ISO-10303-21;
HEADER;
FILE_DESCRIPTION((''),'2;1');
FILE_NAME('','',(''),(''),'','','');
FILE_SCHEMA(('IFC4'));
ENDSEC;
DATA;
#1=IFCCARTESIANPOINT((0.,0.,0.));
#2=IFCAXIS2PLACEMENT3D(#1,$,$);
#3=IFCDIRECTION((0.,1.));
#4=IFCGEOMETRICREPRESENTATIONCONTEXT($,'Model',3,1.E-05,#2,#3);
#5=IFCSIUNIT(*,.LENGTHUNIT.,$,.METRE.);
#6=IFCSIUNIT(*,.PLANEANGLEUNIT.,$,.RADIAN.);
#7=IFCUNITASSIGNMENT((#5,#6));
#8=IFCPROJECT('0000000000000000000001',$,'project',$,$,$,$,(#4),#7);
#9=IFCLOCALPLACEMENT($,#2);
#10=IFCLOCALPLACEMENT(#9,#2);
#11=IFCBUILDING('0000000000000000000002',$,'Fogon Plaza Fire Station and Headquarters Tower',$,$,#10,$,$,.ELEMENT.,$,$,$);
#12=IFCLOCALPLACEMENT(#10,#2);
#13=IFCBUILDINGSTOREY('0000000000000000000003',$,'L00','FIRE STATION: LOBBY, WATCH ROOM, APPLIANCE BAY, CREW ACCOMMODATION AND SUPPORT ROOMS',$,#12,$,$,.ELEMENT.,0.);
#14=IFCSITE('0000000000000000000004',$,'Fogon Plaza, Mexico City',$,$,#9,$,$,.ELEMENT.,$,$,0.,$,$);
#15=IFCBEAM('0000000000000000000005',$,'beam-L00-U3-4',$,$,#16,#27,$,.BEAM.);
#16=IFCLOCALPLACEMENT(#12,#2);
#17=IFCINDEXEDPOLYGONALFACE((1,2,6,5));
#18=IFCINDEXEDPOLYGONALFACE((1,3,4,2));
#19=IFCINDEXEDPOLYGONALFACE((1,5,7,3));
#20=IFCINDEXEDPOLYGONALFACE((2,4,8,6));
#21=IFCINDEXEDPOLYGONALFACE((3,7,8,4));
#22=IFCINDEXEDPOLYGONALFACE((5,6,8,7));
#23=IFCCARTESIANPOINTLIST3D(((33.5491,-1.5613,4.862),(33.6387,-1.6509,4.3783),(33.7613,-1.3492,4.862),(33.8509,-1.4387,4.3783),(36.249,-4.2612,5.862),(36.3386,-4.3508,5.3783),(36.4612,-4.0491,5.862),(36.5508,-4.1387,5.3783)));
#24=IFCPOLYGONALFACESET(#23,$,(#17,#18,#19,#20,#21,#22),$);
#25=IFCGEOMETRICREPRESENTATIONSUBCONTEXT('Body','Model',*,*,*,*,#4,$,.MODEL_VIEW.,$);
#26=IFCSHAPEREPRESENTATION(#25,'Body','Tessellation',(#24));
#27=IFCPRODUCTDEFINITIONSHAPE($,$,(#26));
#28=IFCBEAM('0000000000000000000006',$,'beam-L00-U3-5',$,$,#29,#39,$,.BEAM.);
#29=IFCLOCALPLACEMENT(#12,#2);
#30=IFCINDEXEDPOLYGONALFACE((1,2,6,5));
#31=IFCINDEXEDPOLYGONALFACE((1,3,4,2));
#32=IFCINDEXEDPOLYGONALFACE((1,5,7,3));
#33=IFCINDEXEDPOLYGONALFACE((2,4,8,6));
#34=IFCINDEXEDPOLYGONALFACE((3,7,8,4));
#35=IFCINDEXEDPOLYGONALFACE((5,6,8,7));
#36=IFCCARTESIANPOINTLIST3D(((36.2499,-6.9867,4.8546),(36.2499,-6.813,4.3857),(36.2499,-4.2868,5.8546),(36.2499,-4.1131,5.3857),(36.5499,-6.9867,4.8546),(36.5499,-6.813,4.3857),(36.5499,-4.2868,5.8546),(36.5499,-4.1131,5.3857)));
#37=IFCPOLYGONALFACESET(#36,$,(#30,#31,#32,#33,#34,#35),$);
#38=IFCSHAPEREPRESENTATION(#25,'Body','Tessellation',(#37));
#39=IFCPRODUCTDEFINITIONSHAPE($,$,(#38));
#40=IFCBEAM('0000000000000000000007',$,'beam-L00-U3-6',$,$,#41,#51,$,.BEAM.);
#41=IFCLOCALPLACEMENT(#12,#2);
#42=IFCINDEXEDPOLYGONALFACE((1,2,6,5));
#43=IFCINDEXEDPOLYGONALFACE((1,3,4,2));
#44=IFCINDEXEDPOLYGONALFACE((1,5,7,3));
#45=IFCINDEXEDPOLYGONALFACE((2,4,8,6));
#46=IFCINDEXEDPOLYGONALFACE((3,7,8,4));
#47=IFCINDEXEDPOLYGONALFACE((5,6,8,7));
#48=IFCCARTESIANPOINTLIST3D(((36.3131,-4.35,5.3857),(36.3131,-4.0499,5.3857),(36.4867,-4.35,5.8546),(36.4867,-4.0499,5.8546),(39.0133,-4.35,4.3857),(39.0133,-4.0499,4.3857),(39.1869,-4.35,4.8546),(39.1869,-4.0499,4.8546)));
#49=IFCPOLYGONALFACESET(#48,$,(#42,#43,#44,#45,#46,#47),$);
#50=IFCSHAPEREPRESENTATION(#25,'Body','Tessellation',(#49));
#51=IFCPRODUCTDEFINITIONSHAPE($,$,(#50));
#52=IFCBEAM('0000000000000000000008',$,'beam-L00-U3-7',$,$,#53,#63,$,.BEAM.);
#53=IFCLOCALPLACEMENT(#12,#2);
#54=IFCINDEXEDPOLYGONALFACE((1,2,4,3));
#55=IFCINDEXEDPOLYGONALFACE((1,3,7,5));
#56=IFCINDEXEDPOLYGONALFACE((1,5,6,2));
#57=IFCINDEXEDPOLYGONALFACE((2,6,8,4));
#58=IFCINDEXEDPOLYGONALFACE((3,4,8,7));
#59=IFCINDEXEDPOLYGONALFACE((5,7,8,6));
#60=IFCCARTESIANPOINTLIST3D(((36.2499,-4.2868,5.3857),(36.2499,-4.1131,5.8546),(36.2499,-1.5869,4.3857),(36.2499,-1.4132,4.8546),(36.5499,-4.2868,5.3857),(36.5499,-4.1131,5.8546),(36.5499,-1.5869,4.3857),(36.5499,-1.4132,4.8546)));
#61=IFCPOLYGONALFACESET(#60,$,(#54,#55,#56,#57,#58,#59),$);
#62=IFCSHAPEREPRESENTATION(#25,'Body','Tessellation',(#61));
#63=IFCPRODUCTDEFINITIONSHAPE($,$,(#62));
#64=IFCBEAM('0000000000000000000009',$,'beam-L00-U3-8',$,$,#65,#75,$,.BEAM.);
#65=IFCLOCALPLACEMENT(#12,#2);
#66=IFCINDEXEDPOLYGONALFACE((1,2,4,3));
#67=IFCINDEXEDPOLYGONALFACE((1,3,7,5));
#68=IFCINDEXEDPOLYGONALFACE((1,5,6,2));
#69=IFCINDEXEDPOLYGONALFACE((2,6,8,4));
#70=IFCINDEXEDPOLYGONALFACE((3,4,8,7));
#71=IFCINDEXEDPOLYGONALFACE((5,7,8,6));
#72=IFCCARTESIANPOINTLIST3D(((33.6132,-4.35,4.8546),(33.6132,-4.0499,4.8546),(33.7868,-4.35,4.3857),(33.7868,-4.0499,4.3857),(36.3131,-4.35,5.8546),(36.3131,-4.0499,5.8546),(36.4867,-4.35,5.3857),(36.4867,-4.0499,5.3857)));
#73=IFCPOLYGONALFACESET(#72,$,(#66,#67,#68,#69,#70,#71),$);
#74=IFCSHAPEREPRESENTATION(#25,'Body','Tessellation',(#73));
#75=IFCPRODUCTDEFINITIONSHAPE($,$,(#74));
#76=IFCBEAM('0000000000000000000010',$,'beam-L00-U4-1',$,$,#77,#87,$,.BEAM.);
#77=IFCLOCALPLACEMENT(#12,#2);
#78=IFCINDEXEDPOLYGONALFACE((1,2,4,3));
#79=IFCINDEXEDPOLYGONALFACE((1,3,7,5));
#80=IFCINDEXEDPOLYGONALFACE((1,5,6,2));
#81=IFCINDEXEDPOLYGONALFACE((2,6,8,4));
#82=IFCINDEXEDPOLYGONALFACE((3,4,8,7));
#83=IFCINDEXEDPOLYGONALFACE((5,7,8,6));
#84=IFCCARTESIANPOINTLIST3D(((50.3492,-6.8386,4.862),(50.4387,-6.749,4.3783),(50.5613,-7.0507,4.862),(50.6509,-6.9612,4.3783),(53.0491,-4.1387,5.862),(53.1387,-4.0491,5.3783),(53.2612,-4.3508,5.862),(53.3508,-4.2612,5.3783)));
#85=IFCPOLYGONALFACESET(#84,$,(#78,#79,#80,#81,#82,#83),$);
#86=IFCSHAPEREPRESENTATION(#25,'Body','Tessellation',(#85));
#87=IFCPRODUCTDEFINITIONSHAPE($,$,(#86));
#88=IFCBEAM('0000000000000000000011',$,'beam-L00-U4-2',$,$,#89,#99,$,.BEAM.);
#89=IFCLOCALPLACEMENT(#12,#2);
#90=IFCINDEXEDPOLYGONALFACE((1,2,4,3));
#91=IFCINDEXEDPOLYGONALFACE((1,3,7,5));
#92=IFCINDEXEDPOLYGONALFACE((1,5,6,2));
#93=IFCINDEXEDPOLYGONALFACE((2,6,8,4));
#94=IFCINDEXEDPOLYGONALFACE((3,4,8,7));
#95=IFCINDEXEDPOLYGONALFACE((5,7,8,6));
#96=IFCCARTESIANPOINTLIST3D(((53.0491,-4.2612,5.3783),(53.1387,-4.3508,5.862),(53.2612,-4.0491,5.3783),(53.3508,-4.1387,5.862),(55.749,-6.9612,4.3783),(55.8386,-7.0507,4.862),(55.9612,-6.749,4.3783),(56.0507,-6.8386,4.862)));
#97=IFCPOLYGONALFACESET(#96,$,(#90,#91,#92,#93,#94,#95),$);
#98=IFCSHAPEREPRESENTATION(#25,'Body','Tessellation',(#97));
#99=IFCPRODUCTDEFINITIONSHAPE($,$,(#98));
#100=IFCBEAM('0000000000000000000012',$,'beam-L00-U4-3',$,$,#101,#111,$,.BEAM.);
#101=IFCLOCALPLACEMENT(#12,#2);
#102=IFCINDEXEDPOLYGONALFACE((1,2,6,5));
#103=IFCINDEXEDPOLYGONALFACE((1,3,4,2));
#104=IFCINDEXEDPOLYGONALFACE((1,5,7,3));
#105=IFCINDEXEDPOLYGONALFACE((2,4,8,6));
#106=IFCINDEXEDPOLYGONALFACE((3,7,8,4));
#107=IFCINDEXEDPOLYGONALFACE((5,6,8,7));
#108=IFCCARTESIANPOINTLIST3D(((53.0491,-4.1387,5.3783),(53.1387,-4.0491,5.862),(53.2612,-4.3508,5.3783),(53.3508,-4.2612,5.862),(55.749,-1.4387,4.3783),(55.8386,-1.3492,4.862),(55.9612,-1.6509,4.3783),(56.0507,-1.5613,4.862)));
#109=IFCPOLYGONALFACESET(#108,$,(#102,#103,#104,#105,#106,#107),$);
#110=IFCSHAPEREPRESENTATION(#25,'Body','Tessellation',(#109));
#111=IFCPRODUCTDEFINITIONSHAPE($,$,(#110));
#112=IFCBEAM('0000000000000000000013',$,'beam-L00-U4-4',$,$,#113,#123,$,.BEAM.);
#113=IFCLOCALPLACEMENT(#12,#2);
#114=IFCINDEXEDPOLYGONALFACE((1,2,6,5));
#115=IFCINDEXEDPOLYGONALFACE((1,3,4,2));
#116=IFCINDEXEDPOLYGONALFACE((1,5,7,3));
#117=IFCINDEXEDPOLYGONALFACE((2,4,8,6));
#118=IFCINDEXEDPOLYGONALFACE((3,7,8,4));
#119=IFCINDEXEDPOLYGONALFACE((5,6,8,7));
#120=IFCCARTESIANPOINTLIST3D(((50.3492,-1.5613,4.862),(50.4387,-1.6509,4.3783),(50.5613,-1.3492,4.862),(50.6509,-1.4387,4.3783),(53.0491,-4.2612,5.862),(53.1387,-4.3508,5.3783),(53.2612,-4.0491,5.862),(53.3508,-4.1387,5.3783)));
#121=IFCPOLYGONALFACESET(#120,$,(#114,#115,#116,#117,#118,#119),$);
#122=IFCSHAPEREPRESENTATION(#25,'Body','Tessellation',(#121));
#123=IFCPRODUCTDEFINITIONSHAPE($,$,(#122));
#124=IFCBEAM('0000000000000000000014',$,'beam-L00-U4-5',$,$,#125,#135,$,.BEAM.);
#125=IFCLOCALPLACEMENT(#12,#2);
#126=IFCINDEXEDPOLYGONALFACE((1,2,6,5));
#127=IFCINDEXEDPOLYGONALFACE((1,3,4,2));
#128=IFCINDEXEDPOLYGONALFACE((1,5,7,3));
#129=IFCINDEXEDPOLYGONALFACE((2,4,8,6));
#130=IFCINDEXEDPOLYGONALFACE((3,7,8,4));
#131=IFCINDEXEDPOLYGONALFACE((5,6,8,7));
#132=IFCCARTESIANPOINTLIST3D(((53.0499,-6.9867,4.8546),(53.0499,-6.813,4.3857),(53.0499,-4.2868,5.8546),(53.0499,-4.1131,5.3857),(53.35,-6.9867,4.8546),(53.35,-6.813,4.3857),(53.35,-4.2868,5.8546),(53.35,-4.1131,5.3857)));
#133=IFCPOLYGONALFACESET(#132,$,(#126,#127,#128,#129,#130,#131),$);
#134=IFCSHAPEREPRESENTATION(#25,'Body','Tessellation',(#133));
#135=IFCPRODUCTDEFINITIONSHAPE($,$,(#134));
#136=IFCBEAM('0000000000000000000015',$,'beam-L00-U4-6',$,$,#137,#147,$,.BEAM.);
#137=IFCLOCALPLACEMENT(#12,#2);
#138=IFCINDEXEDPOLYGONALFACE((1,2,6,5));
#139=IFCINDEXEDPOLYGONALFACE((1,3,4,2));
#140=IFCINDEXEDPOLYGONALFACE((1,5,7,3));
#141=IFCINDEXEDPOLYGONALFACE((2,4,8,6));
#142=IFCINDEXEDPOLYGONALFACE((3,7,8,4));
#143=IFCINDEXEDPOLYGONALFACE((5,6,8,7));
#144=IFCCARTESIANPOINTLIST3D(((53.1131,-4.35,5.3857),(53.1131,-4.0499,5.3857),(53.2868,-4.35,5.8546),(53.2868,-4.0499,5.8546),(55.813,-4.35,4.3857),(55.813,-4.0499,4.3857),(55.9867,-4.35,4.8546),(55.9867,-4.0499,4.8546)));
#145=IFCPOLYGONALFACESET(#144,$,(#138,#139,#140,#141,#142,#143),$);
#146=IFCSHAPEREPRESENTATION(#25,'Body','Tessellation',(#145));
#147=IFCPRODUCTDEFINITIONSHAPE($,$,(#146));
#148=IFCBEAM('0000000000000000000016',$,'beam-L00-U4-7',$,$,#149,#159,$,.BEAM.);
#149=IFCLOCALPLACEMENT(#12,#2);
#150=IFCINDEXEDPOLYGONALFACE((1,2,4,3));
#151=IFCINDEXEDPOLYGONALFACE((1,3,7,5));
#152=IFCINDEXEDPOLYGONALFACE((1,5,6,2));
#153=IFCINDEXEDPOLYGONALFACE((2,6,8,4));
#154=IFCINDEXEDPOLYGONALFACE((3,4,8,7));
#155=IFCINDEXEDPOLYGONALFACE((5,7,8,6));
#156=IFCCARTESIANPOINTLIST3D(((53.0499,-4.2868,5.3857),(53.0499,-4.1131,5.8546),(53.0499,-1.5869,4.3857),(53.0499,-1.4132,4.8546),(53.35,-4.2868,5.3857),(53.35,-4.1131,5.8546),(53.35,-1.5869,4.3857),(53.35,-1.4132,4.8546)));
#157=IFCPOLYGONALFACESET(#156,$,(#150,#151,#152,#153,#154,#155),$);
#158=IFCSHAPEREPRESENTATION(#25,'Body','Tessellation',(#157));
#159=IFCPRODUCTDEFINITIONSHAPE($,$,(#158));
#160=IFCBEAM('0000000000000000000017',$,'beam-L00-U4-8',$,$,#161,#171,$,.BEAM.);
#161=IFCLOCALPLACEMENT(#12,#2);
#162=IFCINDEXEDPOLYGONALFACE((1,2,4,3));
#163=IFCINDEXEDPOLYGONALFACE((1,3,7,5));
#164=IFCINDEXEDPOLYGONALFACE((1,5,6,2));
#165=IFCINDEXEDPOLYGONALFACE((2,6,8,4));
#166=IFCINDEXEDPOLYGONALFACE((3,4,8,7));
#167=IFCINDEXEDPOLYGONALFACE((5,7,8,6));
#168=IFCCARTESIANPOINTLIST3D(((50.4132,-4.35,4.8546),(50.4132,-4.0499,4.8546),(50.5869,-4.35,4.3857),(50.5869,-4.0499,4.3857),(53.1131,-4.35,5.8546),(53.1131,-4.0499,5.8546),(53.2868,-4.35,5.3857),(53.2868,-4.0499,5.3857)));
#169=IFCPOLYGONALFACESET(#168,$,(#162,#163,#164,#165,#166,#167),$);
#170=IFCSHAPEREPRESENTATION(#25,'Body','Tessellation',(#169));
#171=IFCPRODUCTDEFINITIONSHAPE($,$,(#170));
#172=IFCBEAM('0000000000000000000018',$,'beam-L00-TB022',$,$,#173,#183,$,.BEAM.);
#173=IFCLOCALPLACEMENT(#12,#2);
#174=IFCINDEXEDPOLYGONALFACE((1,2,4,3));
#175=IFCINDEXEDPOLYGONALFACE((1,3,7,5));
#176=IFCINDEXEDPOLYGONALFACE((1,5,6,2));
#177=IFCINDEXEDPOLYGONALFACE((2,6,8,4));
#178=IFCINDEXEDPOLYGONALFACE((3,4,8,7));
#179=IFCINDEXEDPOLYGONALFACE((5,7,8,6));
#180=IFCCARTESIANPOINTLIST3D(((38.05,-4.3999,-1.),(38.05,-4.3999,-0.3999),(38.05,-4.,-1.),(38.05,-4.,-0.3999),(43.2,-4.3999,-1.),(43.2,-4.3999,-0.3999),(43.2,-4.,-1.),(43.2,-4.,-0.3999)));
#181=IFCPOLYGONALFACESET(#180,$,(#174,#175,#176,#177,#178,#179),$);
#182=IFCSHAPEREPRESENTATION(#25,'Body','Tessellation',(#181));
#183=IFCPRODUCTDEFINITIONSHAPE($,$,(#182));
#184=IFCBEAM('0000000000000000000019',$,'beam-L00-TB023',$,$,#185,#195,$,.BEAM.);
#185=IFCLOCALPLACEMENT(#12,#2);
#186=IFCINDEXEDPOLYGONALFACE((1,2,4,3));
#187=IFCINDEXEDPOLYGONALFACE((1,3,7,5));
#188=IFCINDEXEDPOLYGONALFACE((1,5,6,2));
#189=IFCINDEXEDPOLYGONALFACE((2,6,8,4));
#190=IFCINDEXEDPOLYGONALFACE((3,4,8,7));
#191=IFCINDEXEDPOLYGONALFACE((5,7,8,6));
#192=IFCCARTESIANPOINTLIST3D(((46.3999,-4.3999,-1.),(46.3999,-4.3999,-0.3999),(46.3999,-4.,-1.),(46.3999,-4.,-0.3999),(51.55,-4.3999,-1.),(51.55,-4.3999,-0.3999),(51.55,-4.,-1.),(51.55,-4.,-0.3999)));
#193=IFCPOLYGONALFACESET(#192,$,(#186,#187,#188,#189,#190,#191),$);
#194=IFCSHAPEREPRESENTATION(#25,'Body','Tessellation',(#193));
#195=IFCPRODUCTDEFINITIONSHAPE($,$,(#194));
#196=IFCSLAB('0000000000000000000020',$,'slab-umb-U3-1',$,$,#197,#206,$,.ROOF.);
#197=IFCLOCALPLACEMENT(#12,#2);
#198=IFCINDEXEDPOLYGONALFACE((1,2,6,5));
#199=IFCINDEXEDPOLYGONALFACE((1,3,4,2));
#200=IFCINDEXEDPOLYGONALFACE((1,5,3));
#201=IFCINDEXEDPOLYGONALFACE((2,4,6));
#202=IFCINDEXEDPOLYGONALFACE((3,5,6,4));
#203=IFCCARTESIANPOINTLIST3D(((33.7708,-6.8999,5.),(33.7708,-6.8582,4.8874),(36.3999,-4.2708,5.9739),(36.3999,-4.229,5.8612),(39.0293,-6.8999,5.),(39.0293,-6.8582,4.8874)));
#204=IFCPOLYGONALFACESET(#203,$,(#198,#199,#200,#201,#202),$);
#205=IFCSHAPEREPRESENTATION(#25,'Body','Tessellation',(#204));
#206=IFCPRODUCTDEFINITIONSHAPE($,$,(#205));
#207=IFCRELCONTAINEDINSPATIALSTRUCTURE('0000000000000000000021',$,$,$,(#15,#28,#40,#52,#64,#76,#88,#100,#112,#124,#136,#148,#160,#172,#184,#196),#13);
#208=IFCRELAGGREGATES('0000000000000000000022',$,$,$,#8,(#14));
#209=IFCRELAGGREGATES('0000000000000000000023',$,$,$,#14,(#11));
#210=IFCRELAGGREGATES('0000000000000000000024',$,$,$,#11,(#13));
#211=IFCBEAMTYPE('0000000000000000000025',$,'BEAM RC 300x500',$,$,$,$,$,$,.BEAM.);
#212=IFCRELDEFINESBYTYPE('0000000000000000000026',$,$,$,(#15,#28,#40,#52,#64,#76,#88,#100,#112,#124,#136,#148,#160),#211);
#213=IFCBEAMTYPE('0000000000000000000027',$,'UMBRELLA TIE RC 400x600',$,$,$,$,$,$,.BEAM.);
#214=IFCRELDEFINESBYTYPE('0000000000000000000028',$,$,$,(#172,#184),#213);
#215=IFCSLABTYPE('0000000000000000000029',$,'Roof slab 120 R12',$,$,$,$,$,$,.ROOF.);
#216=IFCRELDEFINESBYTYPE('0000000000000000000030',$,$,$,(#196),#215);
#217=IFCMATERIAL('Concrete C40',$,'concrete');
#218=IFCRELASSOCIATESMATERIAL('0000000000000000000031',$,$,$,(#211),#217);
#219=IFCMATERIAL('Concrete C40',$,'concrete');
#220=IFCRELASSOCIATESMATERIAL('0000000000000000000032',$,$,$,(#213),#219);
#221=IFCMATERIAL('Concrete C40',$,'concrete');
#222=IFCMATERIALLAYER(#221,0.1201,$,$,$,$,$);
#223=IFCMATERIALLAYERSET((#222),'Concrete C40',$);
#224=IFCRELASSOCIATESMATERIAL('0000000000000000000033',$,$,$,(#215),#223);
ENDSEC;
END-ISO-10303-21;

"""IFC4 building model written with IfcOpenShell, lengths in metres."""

from ifc_helpers import new_model, si_unit, direction, frame, origin, origin_2d, place, context, subcontext, project, spatial, polyline, rectangle, outline, extrude, material, layer, layer_set, material_profile, profile_set, type_object, element, save


model = new_model("IFC4")

# Units and contexts
model_context = context("Model", 3, precision=1e-05, world=origin(), true_north=direction((0.0, 1.0)))
body_context = subcontext(model_context, "Body", "Model", "MODEL_VIEW")
ifc_project = project(units=[si_unit("LENGTHUNIT", "METRE"), si_unit("PLANEANGLEUNIT", "RADIAN")], contexts=[model_context])

# Site, building, storey
site_placement = place(None, origin())
site = spatial("IfcSite", under=ifc_project, at=site_placement, Name="Fogon Plaza, Mexico City", CompositionType="ELEMENT", RefElevation=0.0)
building_placement = place(site_placement, origin())
building = spatial("IfcBuilding", under=site, at=building_placement, Name="Fogon Plaza Fire Station and Headquarters Tower", CompositionType="ELEMENT")
storey_placement = place(building_placement, origin())
storey = spatial("IfcBuildingStorey", under=building, at=storey_placement, Name="L00", Description="FIRE STATION: LOBBY, WATCH ROOM, APPLIANCE BAY, CREW ACCOMMODATION AND SUPPORT ROOMS", CompositionType="ELEMENT", Elevation=0.0)

# Beams
ifc_material_1 = material(Name="Concrete C40", Category="concrete")
ifc_material_profile_1 = material_profile(ifc_material_1, rectangle(XDim=0.3, YDim=0.5, at=origin_2d()), Name="RC 300x500")
ifc_profile_set_1 = profile_set([ifc_material_profile_1], Name="Concrete C40")
beam_type_1 = type_object("IfcBeamType", Name="BEAM RC 300x500", PredefinedType="BEAM", material=ifc_profile_set_1)
beam_1_placement = place(storey_placement, frame((36.3999, -4.2, 5.6201), z_axis=(-0.684037, 0.684037, -0.253352), x_axis=(-0.707107, -0.707107, 0.0)))
element("IfcBeam", 1, at=beam_1_placement, inside=storey, type_object=beam_type_1, Name="beam-L00-U3-4", PredefinedType="BEAM", context=body_context, shape_type="SweptSolid", body=[
    extrude(rectangle(XDim=0.3, YDim=0.5, at=origin_2d()), origin(), (0.0, 0.0, 1.0), 3.947),
])
beam_2_placement = place(storey_placement, frame((36.3999, -4.2, 5.6201), z_axis=(0.0, -0.937747, -0.34732), x_axis=(1.0, 0.0, 0.0)))
element("IfcBeam", 2, at=beam_2_placement, inside=storey, type_object=beam_type_1, Name="beam-L00-U3-5", PredefinedType="BEAM", context=body_context, shape_type="SweptSolid", body=[
    extrude(rectangle(XDim=0.3, YDim=0.5, at=origin_2d()), origin(), (0.0, 0.0, 1.0), 2.8792),
])
beam_3_placement = place(storey_placement, frame((36.3999, -4.2, 5.6201), z_axis=(0.937757, 0.0, -0.347292), x_axis=(0.0, 1.0, 0.0)))
element("IfcBeam", 3, at=beam_3_placement, inside=storey, type_object=beam_type_1, Name="beam-L00-U3-6", PredefinedType="BEAM", context=body_context, shape_type="SweptSolid", body=[
    extrude(rectangle(XDim=0.3, YDim=0.5, at=origin_2d()), origin(), (0.0, 0.0, 1.0), 2.8794),
])
for number, where, z_axis, x_axis, name in (
    (4, (36.3999, -4.2, 5.6201), (0.0, 0.937747, -0.34732), (-1.0, 0.0, 0.0), "beam-L00-U3-7"),
    (5, (36.3999, -4.2, 5.6201), (-0.937747, 0.0, -0.34732), (0.0, -1.0, 0.0), "beam-L00-U3-8"),
):
    element("IfcBeam", number, at=place(storey_placement, frame(where, z_axis=z_axis, x_axis=x_axis)), inside=storey, type_object=beam_type_1, Name=name, PredefinedType="BEAM", context=body_context, shape_type="SweptSolid", body=[
        extrude(rectangle(XDim=0.3, YDim=0.5, at=origin_2d()), origin(), (0.0, 0.0, 1.0), 2.8792),
    ])
for number, where, z_axis, x_axis, name in (
    (6, (53.2, -4.2, 5.6201), (-0.684037, -0.684037, -0.253352), (0.707107, -0.707107, 0.0), "beam-L00-U4-1"),
    (7, (53.2, -4.2, 5.6201), (0.684037, -0.684037, -0.253352), (0.707107, 0.707107, 0.0), "beam-L00-U4-2"),
    (8, (53.2, -4.2, 5.6201), (0.684037, 0.684037, -0.253352), (-0.707107, 0.707107, 0.0), "beam-L00-U4-3"),
    (9, (53.2, -4.2, 5.6201), (-0.684037, 0.684037, -0.253352), (-0.707107, -0.707107, 0.0), "beam-L00-U4-4"),
):
    element("IfcBeam", number, at=place(storey_placement, frame(where, z_axis=z_axis, x_axis=x_axis)), inside=storey, type_object=beam_type_1, Name=name, PredefinedType="BEAM", context=body_context, shape_type="SweptSolid", body=[
        extrude(rectangle(XDim=0.3, YDim=0.5, at=origin_2d()), origin(), (0.0, 0.0, 1.0), 3.947),
    ])
for number, where, z_axis, x_axis, name in (
    (10, (53.2, -4.2, 5.6201), (0.0, -0.937747, -0.34732), (1.0, 0.0, 0.0), "beam-L00-U4-5"),
    (11, (53.2, -4.2, 5.6201), (0.937747, 0.0, -0.34732), (0.0, 1.0, 0.0), "beam-L00-U4-6"),
    (12, (53.2, -4.2, 5.6201), (0.0, 0.937747, -0.34732), (-1.0, 0.0, 0.0), "beam-L00-U4-7"),
    (13, (53.2, -4.2, 5.6201), (-0.937747, 0.0, -0.34732), (0.0, -1.0, 0.0), "beam-L00-U4-8"),
):
    element("IfcBeam", number, at=place(storey_placement, frame(where, z_axis=z_axis, x_axis=x_axis)), inside=storey, type_object=beam_type_1, Name=name, PredefinedType="BEAM", context=body_context, shape_type="SweptSolid", body=[
        extrude(rectangle(XDim=0.3, YDim=0.5, at=origin_2d()), origin(), (0.0, 0.0, 1.0), 2.8792),
    ])
ifc_material_2 = material(Name="Concrete C40", Category="concrete")
ifc_material_profile_2 = material_profile(ifc_material_2, rectangle(XDim=0.3999, YDim=0.6001, at=origin_2d()), Name="RC 400x600")
ifc_profile_set_2 = profile_set([ifc_material_profile_2], Name="Concrete C40")
beam_type_2 = type_object("IfcBeamType", Name="UMBRELLA TIE RC 400x600", PredefinedType="BEAM", material=ifc_profile_set_2)
beam_4_placement = place(storey_placement, frame((38.05, -4.2, -0.7), z_axis=(1.0, 0.0, 0.0), x_axis=(0.0, 1.0, 0.0)))
element("IfcBeam", 14, at=beam_4_placement, inside=storey, type_object=beam_type_2, Name="beam-L00-TB022", PredefinedType="BEAM", context=body_context, shape_type="SweptSolid", body=[
    extrude(rectangle(XDim=0.3999, YDim=0.6001, at=origin_2d()), origin(), (0.0, 0.0, 1.0), 5.1499),
])
beam_5_placement = place(storey_placement, frame((46.3999, -4.2, -0.7), z_axis=(1.0, 0.0, 0.0), x_axis=(0.0, 1.0, 0.0)))
element("IfcBeam", 15, at=beam_5_placement, inside=storey, type_object=beam_type_2, Name="beam-L00-TB023", PredefinedType="BEAM", context=body_context, shape_type="SweptSolid", body=[
    extrude(rectangle(XDim=0.3999, YDim=0.6001, at=origin_2d()), origin(), (0.0, 0.0, 1.0), 5.1501),
])

# Slab
ifc_material_3 = material(Name="Concrete C40", Category="concrete")
ifc_layer = layer(ifc_material_3, 0.1201)
ifc_layer_set = layer_set([ifc_layer], Name="Concrete C40")
slab_type = type_object("IfcSlabType", Name="Roof slab 120 R12", PredefinedType="ROOF", material=ifc_layer_set)
slab_1_placement = place(storey_placement, frame((33.7708, -6.8999, 5.0), z_axis=(0.0, -0.347351, 0.937735), x_axis=(0.684032, 0.684032, 0.253376)))
element("IfcSlab", 16, at=slab_1_placement, inside=storey, type_object=slab_type, Name="slab-umb-U3-1", PredefinedType="ROOF", context=body_context, shape_type="SweptSolid", body=[
    extrude(outline(polyline([(0.0, 0.0), (3.8436, 0.0), (3.597, -3.8359), (0.0, 0.0)])), origin(), (0.0, 0.0, -1.0), 0.1201),
])

save(model, "model.ifc")
